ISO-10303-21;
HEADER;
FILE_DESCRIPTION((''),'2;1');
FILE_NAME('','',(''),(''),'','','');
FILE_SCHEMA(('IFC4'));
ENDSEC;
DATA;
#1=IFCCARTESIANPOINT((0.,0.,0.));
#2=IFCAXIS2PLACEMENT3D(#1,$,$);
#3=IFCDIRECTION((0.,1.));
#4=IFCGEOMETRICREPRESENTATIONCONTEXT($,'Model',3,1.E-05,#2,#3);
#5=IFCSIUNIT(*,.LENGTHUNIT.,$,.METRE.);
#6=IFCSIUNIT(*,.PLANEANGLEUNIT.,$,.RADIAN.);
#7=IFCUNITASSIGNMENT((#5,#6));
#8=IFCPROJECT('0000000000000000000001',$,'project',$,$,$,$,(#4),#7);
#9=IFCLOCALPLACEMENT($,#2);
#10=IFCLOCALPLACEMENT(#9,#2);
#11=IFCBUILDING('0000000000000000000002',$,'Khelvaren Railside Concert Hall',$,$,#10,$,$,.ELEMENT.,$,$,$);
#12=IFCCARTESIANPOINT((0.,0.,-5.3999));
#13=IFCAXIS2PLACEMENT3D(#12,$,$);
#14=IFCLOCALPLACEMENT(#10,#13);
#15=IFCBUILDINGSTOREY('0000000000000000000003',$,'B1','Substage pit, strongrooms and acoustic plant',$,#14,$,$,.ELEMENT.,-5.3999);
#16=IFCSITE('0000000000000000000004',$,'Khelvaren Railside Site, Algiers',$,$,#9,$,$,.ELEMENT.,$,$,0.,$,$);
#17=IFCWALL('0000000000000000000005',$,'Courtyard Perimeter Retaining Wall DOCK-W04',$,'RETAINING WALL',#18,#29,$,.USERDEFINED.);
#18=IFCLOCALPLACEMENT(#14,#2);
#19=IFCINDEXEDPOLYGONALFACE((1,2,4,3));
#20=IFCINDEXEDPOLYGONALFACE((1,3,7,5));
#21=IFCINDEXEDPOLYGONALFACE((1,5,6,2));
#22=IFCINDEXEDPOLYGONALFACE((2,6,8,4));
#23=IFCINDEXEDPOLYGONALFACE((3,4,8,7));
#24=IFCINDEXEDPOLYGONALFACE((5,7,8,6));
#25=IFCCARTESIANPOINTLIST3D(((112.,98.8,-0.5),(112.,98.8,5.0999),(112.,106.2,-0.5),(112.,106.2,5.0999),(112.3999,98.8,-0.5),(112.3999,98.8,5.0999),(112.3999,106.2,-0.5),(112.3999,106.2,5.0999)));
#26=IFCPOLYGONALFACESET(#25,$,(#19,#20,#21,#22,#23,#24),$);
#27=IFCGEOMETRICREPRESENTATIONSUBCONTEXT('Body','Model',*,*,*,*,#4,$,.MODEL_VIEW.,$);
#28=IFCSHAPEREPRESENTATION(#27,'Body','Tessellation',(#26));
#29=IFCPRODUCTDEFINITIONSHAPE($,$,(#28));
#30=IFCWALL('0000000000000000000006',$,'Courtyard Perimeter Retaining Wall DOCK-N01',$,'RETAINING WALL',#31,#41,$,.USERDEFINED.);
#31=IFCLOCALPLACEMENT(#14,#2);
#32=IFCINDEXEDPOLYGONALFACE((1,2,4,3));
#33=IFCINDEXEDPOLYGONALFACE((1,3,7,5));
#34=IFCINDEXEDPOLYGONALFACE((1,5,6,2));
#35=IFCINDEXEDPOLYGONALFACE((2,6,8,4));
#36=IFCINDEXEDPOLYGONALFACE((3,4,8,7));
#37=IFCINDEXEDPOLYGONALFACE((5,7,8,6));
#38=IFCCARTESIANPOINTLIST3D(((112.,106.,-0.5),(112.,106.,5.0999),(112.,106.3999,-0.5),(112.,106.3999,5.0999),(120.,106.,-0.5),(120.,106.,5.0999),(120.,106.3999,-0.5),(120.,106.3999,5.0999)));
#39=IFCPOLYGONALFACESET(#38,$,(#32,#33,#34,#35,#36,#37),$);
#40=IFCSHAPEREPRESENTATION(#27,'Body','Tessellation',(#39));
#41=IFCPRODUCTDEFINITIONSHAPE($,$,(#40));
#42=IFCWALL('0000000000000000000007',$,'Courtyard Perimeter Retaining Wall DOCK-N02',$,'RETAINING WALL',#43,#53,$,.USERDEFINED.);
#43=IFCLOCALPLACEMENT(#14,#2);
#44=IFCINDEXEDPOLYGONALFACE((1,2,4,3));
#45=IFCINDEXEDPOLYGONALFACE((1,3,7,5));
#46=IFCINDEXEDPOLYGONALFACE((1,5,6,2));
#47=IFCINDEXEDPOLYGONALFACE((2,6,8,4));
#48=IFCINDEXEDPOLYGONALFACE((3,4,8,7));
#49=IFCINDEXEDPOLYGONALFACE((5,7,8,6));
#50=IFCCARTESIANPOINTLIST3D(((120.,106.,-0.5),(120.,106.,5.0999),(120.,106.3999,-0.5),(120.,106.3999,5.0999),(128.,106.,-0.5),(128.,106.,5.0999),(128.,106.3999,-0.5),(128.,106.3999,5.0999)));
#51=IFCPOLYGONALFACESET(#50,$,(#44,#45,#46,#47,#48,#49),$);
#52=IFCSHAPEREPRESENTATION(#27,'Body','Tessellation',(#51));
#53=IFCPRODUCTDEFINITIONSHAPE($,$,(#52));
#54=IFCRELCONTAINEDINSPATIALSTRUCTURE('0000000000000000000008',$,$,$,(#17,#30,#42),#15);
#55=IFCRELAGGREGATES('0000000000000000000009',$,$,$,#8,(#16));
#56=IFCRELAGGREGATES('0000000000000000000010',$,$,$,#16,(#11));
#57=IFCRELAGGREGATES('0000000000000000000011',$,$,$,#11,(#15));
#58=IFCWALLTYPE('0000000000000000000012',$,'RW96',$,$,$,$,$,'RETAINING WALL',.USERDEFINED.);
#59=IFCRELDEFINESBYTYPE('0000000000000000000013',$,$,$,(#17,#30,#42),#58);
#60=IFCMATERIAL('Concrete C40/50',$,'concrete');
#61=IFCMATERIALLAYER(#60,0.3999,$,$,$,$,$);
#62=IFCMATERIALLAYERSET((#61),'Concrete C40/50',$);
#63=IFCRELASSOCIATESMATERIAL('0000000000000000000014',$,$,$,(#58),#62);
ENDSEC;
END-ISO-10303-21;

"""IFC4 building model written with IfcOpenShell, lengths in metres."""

from ifc_helpers import new_model, si_unit, direction, frame, frame_2d, origin, place, context, subcontext, project, spatial, rectangle, extrude, material, layer, layer_set, type_object, element, save


model = new_model("IFC4")

# Units and contexts
model_context = context("Model", 3, precision=1e-05, world=origin(), true_north=direction((0.0, 1.0)))
body_context = subcontext(model_context, "Body", "Model", "MODEL_VIEW")
ifc_project = project(units=[si_unit("LENGTHUNIT", "METRE"), si_unit("PLANEANGLEUNIT", "RADIAN")], contexts=[model_context])

# Site, building, storey
site_placement = place(None, origin())
site = spatial("IfcSite", under=ifc_project, at=site_placement, Name="Khelvaren Railside Site, Algiers", CompositionType="ELEMENT", RefElevation=0.0)
building_placement = place(site_placement, origin())
building = spatial("IfcBuilding", under=site, at=building_placement, Name="Khelvaren Railside Concert Hall", CompositionType="ELEMENT")
storey_placement = place(building_placement, frame((0.0, 0.0, -5.3999)))
storey = spatial("IfcBuildingStorey", under=building, at=storey_placement, Name="B1", Description="Substage pit, strongrooms and acoustic plant", CompositionType="ELEMENT", Elevation=-5.3999)

# Walls
ifc_material_1 = material(Name="Concrete C40/50", Category="concrete")
ifc_layer = layer(ifc_material_1, 0.3999)
ifc_layer_set = layer_set([ifc_layer], Name="Concrete C40/50")
wall_type = type_object("IfcWallType", Name="RW96", ElementType="RETAINING WALL", PredefinedType="USERDEFINED", material=ifc_layer_set)
wall_1_placement = place(storey_placement, frame((112.2, 98.8, -0.5), z_axis=(0.0, 0.0, 1.0), x_axis=(0.0, 1.0, 0.0)))
element("IfcWall", 1, at=wall_1_placement, inside=storey, type_object=wall_type, Name="Courtyard Perimeter Retaining Wall DOCK-W04", ObjectType="RETAINING WALL", PredefinedType="USERDEFINED", context=body_context, shape_type="SweptSolid", body=[
    extrude(rectangle(XDim=7.3999, YDim=0.3999, at=frame_2d((3.7, 0.0))), origin(), (0.0, 0.0, 1.0), 5.5999),
])
for number, where, z_axis, x_axis, name in (
    (2, (112.0, 106.2, -0.5), (0.0, 0.0, 1.0), (1.0, 0.0, 0.0), "Courtyard Perimeter Retaining Wall DOCK-N01"),
    (3, (120.0, 106.2, -0.5), (0.0, 0.0, 1.0), (1.0, 0.0, 0.0), "Courtyard Perimeter Retaining Wall DOCK-N02"),
):
    element("IfcWall", number, at=place(storey_placement, frame(where, z_axis=z_axis, x_axis=x_axis)), inside=storey, type_object=wall_type, Name=name, ObjectType="RETAINING WALL", PredefinedType="USERDEFINED", context=body_context, shape_type="SweptSolid", body=[
        extrude(rectangle(XDim=8.0, YDim=0.3999, at=frame_2d((4.0, 0.0))), origin(), (0.0, 0.0, 1.0), 5.5999),
    ])

save(model, "model.ifc")
